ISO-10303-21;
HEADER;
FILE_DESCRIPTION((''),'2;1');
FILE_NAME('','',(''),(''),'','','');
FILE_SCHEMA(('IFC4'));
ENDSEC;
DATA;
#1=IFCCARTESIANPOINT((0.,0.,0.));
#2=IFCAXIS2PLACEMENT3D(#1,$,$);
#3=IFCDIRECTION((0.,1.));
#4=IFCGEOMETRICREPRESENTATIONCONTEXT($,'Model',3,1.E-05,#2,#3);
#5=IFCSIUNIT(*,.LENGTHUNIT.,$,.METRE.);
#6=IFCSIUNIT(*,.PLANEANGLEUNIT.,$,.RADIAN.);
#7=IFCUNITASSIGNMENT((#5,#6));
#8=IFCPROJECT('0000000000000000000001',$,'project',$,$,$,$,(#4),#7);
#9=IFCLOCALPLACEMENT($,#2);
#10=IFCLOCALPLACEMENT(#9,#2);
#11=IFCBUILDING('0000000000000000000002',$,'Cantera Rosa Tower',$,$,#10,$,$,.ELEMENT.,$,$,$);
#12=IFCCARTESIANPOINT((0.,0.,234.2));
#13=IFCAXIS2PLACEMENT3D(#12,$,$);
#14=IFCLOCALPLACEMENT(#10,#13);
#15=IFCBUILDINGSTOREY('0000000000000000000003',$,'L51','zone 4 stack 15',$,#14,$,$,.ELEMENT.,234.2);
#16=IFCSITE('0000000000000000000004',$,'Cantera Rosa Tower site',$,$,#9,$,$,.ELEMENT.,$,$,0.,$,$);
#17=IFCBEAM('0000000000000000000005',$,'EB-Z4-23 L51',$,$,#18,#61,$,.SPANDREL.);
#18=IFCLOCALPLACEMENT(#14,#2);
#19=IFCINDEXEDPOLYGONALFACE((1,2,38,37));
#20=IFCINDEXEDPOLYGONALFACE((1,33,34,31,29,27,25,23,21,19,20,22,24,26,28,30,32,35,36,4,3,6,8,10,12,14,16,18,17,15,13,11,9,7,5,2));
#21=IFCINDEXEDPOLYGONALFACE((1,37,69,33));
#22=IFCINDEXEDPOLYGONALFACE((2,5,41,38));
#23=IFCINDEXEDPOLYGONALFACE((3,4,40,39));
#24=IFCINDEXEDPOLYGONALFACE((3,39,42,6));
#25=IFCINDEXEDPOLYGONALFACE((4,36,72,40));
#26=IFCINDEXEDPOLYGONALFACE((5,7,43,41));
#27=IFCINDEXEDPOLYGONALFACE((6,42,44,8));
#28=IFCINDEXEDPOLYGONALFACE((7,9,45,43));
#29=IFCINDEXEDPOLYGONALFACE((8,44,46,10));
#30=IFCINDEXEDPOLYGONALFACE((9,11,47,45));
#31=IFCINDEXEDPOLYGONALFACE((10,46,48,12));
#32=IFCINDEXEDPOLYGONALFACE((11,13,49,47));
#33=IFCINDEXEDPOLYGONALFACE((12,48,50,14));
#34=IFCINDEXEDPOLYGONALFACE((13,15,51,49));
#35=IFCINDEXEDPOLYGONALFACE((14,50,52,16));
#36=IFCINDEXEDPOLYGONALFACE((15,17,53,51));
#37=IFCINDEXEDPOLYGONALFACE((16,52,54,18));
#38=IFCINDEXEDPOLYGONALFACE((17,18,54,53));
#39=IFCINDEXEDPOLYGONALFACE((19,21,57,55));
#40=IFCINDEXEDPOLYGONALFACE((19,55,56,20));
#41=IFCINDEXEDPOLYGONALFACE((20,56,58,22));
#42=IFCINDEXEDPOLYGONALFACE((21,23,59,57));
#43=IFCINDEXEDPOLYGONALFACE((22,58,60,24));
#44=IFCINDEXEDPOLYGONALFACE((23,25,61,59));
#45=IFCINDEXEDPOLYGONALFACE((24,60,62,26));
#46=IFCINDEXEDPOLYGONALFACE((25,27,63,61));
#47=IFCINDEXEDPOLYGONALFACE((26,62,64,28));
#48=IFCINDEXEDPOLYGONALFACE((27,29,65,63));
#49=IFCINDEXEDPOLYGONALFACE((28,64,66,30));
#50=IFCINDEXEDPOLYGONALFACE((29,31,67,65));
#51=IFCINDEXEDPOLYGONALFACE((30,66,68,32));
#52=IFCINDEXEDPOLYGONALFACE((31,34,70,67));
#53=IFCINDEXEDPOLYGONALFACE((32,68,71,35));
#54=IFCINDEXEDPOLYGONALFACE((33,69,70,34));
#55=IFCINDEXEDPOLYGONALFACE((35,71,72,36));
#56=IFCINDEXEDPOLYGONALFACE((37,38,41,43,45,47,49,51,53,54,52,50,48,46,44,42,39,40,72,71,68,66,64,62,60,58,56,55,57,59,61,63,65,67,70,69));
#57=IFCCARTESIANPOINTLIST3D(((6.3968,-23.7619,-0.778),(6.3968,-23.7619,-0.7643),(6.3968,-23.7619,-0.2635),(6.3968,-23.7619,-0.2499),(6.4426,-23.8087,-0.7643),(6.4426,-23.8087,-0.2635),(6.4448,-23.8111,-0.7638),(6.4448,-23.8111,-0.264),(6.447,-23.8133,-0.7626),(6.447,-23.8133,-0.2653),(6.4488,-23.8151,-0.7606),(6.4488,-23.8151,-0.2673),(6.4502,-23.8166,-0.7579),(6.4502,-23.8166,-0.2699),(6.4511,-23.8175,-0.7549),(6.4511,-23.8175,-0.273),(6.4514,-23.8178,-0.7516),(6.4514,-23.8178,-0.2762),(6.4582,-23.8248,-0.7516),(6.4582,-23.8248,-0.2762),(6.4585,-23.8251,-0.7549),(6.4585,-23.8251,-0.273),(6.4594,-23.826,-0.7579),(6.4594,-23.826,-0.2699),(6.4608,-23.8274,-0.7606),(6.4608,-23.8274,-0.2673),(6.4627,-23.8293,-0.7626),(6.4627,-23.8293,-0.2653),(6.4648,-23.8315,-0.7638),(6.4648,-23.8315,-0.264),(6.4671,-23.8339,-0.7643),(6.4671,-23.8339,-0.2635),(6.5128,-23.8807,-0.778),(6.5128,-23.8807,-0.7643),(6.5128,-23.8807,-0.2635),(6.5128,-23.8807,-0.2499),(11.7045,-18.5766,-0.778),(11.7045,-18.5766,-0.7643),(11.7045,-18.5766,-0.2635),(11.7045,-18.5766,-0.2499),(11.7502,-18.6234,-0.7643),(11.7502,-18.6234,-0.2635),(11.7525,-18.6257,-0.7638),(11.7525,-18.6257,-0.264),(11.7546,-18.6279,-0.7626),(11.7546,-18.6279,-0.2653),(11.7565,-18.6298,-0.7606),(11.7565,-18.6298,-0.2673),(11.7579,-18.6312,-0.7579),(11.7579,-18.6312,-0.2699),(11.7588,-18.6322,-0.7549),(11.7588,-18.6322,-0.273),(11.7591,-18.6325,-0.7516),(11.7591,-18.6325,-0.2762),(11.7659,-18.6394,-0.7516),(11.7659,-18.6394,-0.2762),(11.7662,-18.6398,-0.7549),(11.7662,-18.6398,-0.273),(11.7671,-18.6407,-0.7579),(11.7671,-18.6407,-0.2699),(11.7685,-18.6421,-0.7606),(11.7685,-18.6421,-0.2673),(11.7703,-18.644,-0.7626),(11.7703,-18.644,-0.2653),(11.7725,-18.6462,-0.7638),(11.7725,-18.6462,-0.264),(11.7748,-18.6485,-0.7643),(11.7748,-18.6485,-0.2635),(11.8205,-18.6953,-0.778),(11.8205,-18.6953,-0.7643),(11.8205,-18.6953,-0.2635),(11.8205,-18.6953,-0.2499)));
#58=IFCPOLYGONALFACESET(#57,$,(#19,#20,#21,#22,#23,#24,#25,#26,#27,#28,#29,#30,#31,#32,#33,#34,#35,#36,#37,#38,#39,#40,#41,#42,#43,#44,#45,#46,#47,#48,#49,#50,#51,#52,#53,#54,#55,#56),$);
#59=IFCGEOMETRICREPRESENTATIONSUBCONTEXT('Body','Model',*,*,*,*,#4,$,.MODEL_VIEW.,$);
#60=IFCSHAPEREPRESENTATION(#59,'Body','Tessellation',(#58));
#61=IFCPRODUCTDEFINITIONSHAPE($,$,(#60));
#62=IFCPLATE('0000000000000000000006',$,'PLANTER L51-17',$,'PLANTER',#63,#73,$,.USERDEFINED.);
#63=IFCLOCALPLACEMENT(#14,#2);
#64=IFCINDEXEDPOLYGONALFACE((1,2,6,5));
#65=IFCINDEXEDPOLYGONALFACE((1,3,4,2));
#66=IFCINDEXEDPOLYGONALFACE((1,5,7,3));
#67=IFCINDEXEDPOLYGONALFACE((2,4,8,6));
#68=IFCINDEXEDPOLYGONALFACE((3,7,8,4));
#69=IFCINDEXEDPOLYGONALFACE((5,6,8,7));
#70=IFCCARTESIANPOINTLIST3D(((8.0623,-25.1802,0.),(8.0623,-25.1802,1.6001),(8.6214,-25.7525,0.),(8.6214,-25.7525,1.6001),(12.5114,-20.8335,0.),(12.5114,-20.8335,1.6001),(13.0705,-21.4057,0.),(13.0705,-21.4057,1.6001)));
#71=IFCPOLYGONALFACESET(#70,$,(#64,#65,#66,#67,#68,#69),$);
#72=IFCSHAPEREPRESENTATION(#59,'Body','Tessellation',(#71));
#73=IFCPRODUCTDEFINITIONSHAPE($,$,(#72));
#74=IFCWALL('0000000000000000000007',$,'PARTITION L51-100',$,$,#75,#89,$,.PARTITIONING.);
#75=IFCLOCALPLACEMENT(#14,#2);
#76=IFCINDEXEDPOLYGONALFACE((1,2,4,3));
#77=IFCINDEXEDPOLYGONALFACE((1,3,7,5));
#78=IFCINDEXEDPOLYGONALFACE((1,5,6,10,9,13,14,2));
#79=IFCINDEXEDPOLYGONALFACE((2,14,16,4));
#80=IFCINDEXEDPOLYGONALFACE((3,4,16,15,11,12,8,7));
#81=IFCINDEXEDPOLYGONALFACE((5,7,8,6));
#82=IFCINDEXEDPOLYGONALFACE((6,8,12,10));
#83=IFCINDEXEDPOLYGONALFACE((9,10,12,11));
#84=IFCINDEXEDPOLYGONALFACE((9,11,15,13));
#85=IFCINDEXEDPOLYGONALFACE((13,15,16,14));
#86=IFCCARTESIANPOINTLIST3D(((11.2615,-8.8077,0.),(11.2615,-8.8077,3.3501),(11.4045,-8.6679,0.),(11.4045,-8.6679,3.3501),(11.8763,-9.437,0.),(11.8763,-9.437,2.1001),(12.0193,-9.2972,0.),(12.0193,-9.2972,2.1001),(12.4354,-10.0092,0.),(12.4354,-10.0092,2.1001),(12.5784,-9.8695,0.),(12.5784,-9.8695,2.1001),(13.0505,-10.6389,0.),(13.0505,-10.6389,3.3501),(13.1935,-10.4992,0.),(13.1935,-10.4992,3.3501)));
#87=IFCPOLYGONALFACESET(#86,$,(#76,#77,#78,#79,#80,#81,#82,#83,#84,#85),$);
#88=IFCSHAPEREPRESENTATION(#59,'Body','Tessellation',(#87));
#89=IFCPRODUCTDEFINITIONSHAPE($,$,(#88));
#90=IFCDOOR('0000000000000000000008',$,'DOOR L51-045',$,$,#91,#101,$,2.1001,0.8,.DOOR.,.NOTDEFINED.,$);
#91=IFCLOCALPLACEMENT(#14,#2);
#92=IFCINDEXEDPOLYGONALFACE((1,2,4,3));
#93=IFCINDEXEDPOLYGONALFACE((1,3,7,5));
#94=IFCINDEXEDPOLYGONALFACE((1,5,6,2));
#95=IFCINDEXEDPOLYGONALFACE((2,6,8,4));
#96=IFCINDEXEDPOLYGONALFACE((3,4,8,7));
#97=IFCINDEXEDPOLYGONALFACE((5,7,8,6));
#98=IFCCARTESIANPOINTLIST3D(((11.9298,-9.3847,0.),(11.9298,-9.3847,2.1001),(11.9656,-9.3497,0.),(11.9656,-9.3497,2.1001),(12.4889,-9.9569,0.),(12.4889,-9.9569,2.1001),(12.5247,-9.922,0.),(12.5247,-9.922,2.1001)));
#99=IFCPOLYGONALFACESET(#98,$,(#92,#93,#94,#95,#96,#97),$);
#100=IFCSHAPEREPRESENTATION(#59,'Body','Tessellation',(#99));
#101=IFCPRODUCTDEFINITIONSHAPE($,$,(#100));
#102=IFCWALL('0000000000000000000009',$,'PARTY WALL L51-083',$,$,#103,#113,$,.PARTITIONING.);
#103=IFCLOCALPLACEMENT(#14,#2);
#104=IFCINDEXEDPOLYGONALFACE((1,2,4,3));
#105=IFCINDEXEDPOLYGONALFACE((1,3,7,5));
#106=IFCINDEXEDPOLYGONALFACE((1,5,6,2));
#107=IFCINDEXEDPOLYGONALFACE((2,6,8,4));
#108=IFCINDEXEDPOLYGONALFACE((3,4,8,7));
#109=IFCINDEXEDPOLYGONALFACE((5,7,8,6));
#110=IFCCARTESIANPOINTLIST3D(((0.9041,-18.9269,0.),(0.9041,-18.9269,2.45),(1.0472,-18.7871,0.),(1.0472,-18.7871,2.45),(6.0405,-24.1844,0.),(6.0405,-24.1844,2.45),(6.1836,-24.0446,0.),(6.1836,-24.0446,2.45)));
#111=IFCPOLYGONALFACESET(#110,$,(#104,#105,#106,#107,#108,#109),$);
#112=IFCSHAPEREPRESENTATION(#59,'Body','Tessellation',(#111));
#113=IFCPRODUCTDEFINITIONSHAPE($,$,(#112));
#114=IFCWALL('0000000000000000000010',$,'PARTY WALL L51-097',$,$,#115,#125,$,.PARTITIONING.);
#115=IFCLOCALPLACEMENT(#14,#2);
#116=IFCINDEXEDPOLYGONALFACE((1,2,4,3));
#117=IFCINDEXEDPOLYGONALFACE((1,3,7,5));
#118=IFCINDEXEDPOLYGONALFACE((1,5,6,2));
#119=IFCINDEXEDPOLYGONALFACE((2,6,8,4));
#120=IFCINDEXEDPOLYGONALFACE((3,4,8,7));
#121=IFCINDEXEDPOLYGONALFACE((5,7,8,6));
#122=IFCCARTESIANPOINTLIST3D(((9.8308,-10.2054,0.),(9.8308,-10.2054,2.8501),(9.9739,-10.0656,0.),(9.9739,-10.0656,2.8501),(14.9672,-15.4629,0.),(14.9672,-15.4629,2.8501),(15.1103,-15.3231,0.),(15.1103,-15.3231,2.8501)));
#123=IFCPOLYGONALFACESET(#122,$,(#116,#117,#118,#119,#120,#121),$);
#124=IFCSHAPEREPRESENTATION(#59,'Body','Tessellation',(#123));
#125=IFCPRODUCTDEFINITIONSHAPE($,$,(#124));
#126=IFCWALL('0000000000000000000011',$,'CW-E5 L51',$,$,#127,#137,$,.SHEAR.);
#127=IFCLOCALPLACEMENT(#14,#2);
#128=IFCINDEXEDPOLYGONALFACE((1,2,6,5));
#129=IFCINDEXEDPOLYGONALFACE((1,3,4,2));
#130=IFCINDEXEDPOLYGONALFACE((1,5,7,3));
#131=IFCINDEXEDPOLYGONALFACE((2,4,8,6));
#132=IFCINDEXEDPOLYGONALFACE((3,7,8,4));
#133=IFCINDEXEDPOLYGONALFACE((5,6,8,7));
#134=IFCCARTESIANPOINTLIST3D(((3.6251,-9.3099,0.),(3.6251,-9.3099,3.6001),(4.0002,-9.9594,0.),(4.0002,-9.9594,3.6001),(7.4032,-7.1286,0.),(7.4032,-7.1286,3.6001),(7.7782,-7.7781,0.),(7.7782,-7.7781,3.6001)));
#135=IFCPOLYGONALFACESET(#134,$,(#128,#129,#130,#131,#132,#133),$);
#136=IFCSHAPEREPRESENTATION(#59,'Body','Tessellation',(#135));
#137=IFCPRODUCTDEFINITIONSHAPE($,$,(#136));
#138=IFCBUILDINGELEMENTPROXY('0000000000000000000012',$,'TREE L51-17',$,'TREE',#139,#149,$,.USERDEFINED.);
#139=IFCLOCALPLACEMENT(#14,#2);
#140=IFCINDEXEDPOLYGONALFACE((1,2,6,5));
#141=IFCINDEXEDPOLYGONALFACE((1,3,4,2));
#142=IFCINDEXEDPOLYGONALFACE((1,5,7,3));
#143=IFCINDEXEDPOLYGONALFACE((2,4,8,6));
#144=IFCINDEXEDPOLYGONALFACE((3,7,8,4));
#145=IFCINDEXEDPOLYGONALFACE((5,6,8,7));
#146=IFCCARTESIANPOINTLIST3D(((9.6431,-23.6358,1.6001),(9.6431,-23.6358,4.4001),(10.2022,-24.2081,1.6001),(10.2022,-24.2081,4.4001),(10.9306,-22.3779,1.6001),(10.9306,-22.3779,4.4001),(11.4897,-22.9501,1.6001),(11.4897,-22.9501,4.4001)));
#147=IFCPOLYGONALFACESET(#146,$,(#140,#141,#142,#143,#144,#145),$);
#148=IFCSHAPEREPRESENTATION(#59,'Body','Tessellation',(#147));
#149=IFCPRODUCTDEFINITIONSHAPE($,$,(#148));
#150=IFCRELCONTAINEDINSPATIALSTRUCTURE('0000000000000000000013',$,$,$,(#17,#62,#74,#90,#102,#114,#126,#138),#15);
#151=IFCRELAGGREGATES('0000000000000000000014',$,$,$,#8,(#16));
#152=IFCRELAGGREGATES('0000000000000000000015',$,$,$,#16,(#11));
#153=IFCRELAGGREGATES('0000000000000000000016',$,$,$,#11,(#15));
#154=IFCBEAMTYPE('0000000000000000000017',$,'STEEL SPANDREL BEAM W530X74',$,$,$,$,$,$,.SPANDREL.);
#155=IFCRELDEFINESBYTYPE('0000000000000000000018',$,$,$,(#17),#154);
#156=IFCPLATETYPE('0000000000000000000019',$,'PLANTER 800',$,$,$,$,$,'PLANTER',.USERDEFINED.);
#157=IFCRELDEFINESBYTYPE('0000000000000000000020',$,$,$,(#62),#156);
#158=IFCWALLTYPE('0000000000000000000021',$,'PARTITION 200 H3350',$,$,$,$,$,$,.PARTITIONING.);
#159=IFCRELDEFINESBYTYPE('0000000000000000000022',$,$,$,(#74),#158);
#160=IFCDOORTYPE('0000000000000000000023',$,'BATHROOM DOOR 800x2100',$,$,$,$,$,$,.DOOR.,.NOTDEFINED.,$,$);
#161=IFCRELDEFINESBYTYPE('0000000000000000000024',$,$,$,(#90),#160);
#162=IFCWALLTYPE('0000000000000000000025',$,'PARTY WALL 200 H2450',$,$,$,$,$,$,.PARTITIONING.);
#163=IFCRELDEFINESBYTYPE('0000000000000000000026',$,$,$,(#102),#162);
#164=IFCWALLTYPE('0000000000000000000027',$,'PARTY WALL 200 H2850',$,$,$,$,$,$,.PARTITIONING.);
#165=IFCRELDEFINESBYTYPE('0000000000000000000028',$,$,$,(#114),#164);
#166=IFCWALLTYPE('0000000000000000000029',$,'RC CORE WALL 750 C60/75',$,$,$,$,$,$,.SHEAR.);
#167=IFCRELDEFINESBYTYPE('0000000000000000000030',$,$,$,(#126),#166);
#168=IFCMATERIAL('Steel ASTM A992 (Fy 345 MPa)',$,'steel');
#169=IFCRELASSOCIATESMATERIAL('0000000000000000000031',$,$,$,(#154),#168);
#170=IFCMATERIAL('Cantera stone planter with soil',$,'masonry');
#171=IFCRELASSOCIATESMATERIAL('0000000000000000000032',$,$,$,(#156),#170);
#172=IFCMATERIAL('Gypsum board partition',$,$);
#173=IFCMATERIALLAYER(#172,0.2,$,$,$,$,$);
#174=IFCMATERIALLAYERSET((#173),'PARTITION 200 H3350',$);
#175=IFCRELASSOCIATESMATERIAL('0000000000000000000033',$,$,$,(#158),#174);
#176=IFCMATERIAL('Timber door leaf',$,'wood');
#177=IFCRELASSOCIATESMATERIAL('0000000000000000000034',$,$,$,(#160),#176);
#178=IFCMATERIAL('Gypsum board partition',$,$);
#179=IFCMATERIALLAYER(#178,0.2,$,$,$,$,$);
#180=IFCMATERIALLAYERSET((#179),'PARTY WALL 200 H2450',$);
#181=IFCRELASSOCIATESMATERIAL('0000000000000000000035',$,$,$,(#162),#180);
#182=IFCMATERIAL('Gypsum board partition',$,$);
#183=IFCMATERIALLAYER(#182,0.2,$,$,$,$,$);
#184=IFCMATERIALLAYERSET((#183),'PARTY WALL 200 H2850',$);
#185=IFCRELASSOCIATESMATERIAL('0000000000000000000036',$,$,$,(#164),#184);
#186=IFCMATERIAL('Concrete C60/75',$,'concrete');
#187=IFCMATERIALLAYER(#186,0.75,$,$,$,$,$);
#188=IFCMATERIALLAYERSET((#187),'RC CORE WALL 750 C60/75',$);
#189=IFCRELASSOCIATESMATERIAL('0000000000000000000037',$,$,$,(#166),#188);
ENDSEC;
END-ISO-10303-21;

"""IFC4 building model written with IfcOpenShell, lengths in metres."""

from ifc_helpers import new_model, si_unit, direction, frame, frame_2d, origin, origin_2d, place, context, subcontext, project, spatial, rectangle, i_section, extrude, material, layer, layer_set, material_profile, profile_set, type_object, element, fill, save


model = new_model("IFC4")

# Units and contexts
model_context = context("Model", 3, precision=1e-05, world=origin(), true_north=direction((0.0, 1.0)))
body_context = subcontext(model_context, "Body", "Model", "MODEL_VIEW")
ifc_project = project(units=[si_unit("LENGTHUNIT", "METRE"), si_unit("PLANEANGLEUNIT", "RADIAN")], contexts=[model_context])

# Site, building, storey
site_placement = place(None, origin())
site = spatial("IfcSite", under=ifc_project, at=site_placement, Name="Cantera Rosa Tower site", CompositionType="ELEMENT", RefElevation=0.0)
building_placement = place(site_placement, origin())
building = spatial("IfcBuilding", under=site, at=building_placement, Name="Cantera Rosa Tower", CompositionType="ELEMENT")
storey_placement = place(building_placement, frame((0.0, 0.0, 234.2)))
storey = spatial("IfcBuildingStorey", under=building, at=storey_placement, Name="L51", Description="zone 4 stack 15", CompositionType="ELEMENT", Elevation=234.2)

# Beam
ifc_material_1 = material(Name="Steel ASTM A992 (Fy 345 MPa)", Category="steel")
ifc_material_profile_1 = material_profile(ifc_material_1, i_section(OverallWidth=0.166, OverallDepth=0.5281, WebThickness=0.0098, FlangeThickness=0.0137, FilletRadius=0.0127, at=origin_2d()), Name="W530X74")
ifc_profile_set_1 = profile_set([ifc_material_profile_1], Name="Steel ASTM A992 (Fy 345 MPa)")
beam_type_1 = type_object("IfcBeamType", Name="STEEL SPANDREL BEAM W530X74", PredefinedType="SPANDREL", material=ifc_profile_set_1)
beam_1_placement = place(storey_placement, frame((6.4548, -23.8213, -0.5139), z_axis=(0.715301, 0.698817, 0.0), x_axis=(-0.698817, 0.715301, 0.0)))
element("IfcBeam", 1, at=beam_1_placement, inside=storey, type_object=beam_type_1, Name="EB-Z4-23 L51", PredefinedType="SPANDREL", context=body_context, shape_type="SweptSolid", body=[
    extrude(i_section(OverallWidth=0.166, OverallDepth=0.5281, WebThickness=0.0098, FlangeThickness=0.0137, FilletRadius=0.0127, at=origin_2d()), origin(), (0.0, 0.0, 1.0), 7.4202),
])

# Plate
ifc_material_2 = material(Name="Cantera stone planter with soil", Category="masonry")
plate_type = type_object("IfcPlateType", Name="PLANTER 800", ElementType="PLANTER", PredefinedType="USERDEFINED", material=ifc_material_2)
plate_placement = place(storey_placement, frame((10.5664, -23.293, 0.0), z_axis=(0.0, 0.0, 1.0), x_axis=(0.715286, 0.698832, 0.0)))
element("IfcPlate", 2, at=plate_placement, inside=storey, type_object=plate_type, Name="PLANTER L51-17", ObjectType="PLANTER", PredefinedType="USERDEFINED", context=body_context, shape_type="SweptSolid", body=[
    extrude(rectangle(XDim=6.22, YDim=0.8, at=origin_2d()), origin(), (0.0, 0.0, 1.0), 1.6001),
])

# Wall, opening, door
ifc_material_3 = material(Name="Gypsum board partition")
ifc_layer_1 = layer(ifc_material_3, 0.2)
ifc_layer_set_1 = layer_set([ifc_layer_1], Name="PARTITION 200 H3350")
wall_type_1 = type_object("IfcWallType", Name="PARTITION 200 H3350", PredefinedType="PARTITIONING", material=ifc_layer_set_1)
wall_1_placement = place(storey_placement, frame((11.333, -8.7378, 0.0), z_axis=(0.0, 0.0, 1.0), x_axis=(0.69881, -0.715307, 0.0)))
wall_1 = element("IfcWall", 3, at=wall_1_placement, inside=storey, type_object=wall_type_1, Name="PARTITION L51-100", PredefinedType="PARTITIONING", context=body_context, shape_type="SweptSolid", body=[
    extrude(rectangle(XDim=2.5601, YDim=0.2, at=frame_2d((1.28, 0.0))), origin(), (0.0, 0.0, 1.0), 3.3501),
])
opening_1_placement = place(wall_1_placement, frame((0.8799, 0.0, 0.0)))
opening_1 = element("IfcOpeningElement", 4, at=opening_1_placement, cuts=wall_1, PredefinedType="OPENING", context=body_context, shape_type="SweptSolid", body=[
    extrude(rectangle(XDim=0.8, YDim=2.1001, at=frame_2d((0.3999, 1.05))), frame((0.0, 0.1099, 0.0), z_axis=(0.0, -1.0, 0.0), x_axis=(1.0, 0.0, 0.0)), (0.0, 0.0, 1.0), 0.22),
])
ifc_material_4 = material(Name="Timber door leaf", Category="wood")
door_type_1 = type_object("IfcDoorType", Name="BATHROOM DOOR 800x2100", OperationType="NOTDEFINED", PredefinedType="DOOR", material=ifc_material_4)
door_1_placement = place(opening_1_placement, origin())
door_1 = element("IfcDoor", 5, at=door_1_placement, inside=storey, type_object=door_type_1, Name="DOOR L51-045", OperationType="NOTDEFINED", OverallHeight=2.1001, OverallWidth=0.8, PredefinedType="DOOR", context=body_context, shape_type="SweptSolid", body=[
    extrude(rectangle(XDim=0.8, YDim=2.1001, at=frame_2d((0.3999, 1.05))), frame((0.0, 0.0249, 0.0), z_axis=(0.0, -1.0, 0.0), x_axis=(1.0, 0.0, 0.0)), (0.0, 0.0, 1.0), 0.05),
])
fill(opening_1, door_1)

# Walls
ifc_material_5 = material(Name="Gypsum board partition")
ifc_layer_2 = layer(ifc_material_5, 0.2)
ifc_layer_set_2 = layer_set([ifc_layer_2], Name="PARTY WALL 200 H2450")
wall_type_2 = type_object("IfcWallType", Name="PARTY WALL 200 H2450", PredefinedType="PARTITIONING", material=ifc_layer_set_2)
wall_2_placement = place(storey_placement, frame((6.1121, -24.1145, 0.0), z_axis=(0.0, 0.0, 1.0), x_axis=(-0.698821, 0.715296, 0.0)))
element("IfcWall", 6, at=wall_2_placement, inside=storey, type_object=wall_type_2, Name="PARTY WALL L51-083", PredefinedType="PARTITIONING", context=body_context, shape_type="SweptSolid", body=[
    extrude(rectangle(XDim=7.3501, YDim=0.2, at=frame_2d((3.675, 0.0))), origin(), (0.0, 0.0, 1.0), 2.45),
])
ifc_material_6 = material(Name="Gypsum board partition")
ifc_layer_3 = layer(ifc_material_6, 0.2)
ifc_layer_set_3 = layer_set([ifc_layer_3], Name="PARTY WALL 200 H2850")
wall_type_3 = type_object("IfcWallType", Name="PARTY WALL 200 H2850", PredefinedType="PARTITIONING", material=ifc_layer_set_3)
wall_3_placement = place(storey_placement, frame((9.9023, -10.1355, 0.0), z_axis=(0.0, 0.0, 1.0), x_axis=(0.698821, -0.715296, 0.0)))
element("IfcWall", 7, at=wall_3_placement, inside=storey, type_object=wall_type_3, Name="PARTY WALL L51-097", PredefinedType="PARTITIONING", context=body_context, shape_type="SweptSolid", body=[
    extrude(rectangle(XDim=7.3501, YDim=0.2, at=frame_2d((3.675, 0.0))), origin(), (0.0, 0.0, 1.0), 2.8501),
])
ifc_material_7 = material(Name="Concrete C60/75", Category="concrete")
ifc_layer_4 = layer(ifc_material_7, 0.75)
ifc_layer_set_4 = layer_set([ifc_layer_4], Name="RC CORE WALL 750 C60/75")
wall_type_4 = type_object("IfcWallType", Name="RC CORE WALL 750 C60/75", PredefinedType="SHEAR", material=ifc_layer_set_4)
wall_4_placement = place(storey_placement, frame((7.5906, -7.4534, 0.0), z_axis=(0.0, 0.0, 1.0), x_axis=(-0.866013, -0.500021, 0.0)))
element("IfcWall", 8, at=wall_4_placement, inside=storey, type_object=wall_type_4, Name="CW-E5 L51", PredefinedType="SHEAR", context=body_context, shape_type="SweptSolid", body=[
    extrude(rectangle(XDim=4.3625, YDim=0.75, at=frame_2d((2.1812, 0.0))), origin(), (0.0, 0.0, 1.0), 3.6001),
])

# Building element proxy
proxy_placement = place(storey_placement, frame((10.5664, -23.293, 1.6001), z_axis=(0.0, 0.0, 1.0), x_axis=(0.715286, 0.698832, 0.0)))
element("IfcBuildingElementProxy", 9, at=proxy_placement, inside=storey, Name="TREE L51-17", ObjectType="TREE", PredefinedType="USERDEFINED", context=body_context, shape_type="SweptSolid", body=[
    extrude(rectangle(XDim=1.8, YDim=0.8, at=origin_2d()), origin(), (0.0, 0.0, 1.0), 2.8),
])

save(model, "model.ifc")
